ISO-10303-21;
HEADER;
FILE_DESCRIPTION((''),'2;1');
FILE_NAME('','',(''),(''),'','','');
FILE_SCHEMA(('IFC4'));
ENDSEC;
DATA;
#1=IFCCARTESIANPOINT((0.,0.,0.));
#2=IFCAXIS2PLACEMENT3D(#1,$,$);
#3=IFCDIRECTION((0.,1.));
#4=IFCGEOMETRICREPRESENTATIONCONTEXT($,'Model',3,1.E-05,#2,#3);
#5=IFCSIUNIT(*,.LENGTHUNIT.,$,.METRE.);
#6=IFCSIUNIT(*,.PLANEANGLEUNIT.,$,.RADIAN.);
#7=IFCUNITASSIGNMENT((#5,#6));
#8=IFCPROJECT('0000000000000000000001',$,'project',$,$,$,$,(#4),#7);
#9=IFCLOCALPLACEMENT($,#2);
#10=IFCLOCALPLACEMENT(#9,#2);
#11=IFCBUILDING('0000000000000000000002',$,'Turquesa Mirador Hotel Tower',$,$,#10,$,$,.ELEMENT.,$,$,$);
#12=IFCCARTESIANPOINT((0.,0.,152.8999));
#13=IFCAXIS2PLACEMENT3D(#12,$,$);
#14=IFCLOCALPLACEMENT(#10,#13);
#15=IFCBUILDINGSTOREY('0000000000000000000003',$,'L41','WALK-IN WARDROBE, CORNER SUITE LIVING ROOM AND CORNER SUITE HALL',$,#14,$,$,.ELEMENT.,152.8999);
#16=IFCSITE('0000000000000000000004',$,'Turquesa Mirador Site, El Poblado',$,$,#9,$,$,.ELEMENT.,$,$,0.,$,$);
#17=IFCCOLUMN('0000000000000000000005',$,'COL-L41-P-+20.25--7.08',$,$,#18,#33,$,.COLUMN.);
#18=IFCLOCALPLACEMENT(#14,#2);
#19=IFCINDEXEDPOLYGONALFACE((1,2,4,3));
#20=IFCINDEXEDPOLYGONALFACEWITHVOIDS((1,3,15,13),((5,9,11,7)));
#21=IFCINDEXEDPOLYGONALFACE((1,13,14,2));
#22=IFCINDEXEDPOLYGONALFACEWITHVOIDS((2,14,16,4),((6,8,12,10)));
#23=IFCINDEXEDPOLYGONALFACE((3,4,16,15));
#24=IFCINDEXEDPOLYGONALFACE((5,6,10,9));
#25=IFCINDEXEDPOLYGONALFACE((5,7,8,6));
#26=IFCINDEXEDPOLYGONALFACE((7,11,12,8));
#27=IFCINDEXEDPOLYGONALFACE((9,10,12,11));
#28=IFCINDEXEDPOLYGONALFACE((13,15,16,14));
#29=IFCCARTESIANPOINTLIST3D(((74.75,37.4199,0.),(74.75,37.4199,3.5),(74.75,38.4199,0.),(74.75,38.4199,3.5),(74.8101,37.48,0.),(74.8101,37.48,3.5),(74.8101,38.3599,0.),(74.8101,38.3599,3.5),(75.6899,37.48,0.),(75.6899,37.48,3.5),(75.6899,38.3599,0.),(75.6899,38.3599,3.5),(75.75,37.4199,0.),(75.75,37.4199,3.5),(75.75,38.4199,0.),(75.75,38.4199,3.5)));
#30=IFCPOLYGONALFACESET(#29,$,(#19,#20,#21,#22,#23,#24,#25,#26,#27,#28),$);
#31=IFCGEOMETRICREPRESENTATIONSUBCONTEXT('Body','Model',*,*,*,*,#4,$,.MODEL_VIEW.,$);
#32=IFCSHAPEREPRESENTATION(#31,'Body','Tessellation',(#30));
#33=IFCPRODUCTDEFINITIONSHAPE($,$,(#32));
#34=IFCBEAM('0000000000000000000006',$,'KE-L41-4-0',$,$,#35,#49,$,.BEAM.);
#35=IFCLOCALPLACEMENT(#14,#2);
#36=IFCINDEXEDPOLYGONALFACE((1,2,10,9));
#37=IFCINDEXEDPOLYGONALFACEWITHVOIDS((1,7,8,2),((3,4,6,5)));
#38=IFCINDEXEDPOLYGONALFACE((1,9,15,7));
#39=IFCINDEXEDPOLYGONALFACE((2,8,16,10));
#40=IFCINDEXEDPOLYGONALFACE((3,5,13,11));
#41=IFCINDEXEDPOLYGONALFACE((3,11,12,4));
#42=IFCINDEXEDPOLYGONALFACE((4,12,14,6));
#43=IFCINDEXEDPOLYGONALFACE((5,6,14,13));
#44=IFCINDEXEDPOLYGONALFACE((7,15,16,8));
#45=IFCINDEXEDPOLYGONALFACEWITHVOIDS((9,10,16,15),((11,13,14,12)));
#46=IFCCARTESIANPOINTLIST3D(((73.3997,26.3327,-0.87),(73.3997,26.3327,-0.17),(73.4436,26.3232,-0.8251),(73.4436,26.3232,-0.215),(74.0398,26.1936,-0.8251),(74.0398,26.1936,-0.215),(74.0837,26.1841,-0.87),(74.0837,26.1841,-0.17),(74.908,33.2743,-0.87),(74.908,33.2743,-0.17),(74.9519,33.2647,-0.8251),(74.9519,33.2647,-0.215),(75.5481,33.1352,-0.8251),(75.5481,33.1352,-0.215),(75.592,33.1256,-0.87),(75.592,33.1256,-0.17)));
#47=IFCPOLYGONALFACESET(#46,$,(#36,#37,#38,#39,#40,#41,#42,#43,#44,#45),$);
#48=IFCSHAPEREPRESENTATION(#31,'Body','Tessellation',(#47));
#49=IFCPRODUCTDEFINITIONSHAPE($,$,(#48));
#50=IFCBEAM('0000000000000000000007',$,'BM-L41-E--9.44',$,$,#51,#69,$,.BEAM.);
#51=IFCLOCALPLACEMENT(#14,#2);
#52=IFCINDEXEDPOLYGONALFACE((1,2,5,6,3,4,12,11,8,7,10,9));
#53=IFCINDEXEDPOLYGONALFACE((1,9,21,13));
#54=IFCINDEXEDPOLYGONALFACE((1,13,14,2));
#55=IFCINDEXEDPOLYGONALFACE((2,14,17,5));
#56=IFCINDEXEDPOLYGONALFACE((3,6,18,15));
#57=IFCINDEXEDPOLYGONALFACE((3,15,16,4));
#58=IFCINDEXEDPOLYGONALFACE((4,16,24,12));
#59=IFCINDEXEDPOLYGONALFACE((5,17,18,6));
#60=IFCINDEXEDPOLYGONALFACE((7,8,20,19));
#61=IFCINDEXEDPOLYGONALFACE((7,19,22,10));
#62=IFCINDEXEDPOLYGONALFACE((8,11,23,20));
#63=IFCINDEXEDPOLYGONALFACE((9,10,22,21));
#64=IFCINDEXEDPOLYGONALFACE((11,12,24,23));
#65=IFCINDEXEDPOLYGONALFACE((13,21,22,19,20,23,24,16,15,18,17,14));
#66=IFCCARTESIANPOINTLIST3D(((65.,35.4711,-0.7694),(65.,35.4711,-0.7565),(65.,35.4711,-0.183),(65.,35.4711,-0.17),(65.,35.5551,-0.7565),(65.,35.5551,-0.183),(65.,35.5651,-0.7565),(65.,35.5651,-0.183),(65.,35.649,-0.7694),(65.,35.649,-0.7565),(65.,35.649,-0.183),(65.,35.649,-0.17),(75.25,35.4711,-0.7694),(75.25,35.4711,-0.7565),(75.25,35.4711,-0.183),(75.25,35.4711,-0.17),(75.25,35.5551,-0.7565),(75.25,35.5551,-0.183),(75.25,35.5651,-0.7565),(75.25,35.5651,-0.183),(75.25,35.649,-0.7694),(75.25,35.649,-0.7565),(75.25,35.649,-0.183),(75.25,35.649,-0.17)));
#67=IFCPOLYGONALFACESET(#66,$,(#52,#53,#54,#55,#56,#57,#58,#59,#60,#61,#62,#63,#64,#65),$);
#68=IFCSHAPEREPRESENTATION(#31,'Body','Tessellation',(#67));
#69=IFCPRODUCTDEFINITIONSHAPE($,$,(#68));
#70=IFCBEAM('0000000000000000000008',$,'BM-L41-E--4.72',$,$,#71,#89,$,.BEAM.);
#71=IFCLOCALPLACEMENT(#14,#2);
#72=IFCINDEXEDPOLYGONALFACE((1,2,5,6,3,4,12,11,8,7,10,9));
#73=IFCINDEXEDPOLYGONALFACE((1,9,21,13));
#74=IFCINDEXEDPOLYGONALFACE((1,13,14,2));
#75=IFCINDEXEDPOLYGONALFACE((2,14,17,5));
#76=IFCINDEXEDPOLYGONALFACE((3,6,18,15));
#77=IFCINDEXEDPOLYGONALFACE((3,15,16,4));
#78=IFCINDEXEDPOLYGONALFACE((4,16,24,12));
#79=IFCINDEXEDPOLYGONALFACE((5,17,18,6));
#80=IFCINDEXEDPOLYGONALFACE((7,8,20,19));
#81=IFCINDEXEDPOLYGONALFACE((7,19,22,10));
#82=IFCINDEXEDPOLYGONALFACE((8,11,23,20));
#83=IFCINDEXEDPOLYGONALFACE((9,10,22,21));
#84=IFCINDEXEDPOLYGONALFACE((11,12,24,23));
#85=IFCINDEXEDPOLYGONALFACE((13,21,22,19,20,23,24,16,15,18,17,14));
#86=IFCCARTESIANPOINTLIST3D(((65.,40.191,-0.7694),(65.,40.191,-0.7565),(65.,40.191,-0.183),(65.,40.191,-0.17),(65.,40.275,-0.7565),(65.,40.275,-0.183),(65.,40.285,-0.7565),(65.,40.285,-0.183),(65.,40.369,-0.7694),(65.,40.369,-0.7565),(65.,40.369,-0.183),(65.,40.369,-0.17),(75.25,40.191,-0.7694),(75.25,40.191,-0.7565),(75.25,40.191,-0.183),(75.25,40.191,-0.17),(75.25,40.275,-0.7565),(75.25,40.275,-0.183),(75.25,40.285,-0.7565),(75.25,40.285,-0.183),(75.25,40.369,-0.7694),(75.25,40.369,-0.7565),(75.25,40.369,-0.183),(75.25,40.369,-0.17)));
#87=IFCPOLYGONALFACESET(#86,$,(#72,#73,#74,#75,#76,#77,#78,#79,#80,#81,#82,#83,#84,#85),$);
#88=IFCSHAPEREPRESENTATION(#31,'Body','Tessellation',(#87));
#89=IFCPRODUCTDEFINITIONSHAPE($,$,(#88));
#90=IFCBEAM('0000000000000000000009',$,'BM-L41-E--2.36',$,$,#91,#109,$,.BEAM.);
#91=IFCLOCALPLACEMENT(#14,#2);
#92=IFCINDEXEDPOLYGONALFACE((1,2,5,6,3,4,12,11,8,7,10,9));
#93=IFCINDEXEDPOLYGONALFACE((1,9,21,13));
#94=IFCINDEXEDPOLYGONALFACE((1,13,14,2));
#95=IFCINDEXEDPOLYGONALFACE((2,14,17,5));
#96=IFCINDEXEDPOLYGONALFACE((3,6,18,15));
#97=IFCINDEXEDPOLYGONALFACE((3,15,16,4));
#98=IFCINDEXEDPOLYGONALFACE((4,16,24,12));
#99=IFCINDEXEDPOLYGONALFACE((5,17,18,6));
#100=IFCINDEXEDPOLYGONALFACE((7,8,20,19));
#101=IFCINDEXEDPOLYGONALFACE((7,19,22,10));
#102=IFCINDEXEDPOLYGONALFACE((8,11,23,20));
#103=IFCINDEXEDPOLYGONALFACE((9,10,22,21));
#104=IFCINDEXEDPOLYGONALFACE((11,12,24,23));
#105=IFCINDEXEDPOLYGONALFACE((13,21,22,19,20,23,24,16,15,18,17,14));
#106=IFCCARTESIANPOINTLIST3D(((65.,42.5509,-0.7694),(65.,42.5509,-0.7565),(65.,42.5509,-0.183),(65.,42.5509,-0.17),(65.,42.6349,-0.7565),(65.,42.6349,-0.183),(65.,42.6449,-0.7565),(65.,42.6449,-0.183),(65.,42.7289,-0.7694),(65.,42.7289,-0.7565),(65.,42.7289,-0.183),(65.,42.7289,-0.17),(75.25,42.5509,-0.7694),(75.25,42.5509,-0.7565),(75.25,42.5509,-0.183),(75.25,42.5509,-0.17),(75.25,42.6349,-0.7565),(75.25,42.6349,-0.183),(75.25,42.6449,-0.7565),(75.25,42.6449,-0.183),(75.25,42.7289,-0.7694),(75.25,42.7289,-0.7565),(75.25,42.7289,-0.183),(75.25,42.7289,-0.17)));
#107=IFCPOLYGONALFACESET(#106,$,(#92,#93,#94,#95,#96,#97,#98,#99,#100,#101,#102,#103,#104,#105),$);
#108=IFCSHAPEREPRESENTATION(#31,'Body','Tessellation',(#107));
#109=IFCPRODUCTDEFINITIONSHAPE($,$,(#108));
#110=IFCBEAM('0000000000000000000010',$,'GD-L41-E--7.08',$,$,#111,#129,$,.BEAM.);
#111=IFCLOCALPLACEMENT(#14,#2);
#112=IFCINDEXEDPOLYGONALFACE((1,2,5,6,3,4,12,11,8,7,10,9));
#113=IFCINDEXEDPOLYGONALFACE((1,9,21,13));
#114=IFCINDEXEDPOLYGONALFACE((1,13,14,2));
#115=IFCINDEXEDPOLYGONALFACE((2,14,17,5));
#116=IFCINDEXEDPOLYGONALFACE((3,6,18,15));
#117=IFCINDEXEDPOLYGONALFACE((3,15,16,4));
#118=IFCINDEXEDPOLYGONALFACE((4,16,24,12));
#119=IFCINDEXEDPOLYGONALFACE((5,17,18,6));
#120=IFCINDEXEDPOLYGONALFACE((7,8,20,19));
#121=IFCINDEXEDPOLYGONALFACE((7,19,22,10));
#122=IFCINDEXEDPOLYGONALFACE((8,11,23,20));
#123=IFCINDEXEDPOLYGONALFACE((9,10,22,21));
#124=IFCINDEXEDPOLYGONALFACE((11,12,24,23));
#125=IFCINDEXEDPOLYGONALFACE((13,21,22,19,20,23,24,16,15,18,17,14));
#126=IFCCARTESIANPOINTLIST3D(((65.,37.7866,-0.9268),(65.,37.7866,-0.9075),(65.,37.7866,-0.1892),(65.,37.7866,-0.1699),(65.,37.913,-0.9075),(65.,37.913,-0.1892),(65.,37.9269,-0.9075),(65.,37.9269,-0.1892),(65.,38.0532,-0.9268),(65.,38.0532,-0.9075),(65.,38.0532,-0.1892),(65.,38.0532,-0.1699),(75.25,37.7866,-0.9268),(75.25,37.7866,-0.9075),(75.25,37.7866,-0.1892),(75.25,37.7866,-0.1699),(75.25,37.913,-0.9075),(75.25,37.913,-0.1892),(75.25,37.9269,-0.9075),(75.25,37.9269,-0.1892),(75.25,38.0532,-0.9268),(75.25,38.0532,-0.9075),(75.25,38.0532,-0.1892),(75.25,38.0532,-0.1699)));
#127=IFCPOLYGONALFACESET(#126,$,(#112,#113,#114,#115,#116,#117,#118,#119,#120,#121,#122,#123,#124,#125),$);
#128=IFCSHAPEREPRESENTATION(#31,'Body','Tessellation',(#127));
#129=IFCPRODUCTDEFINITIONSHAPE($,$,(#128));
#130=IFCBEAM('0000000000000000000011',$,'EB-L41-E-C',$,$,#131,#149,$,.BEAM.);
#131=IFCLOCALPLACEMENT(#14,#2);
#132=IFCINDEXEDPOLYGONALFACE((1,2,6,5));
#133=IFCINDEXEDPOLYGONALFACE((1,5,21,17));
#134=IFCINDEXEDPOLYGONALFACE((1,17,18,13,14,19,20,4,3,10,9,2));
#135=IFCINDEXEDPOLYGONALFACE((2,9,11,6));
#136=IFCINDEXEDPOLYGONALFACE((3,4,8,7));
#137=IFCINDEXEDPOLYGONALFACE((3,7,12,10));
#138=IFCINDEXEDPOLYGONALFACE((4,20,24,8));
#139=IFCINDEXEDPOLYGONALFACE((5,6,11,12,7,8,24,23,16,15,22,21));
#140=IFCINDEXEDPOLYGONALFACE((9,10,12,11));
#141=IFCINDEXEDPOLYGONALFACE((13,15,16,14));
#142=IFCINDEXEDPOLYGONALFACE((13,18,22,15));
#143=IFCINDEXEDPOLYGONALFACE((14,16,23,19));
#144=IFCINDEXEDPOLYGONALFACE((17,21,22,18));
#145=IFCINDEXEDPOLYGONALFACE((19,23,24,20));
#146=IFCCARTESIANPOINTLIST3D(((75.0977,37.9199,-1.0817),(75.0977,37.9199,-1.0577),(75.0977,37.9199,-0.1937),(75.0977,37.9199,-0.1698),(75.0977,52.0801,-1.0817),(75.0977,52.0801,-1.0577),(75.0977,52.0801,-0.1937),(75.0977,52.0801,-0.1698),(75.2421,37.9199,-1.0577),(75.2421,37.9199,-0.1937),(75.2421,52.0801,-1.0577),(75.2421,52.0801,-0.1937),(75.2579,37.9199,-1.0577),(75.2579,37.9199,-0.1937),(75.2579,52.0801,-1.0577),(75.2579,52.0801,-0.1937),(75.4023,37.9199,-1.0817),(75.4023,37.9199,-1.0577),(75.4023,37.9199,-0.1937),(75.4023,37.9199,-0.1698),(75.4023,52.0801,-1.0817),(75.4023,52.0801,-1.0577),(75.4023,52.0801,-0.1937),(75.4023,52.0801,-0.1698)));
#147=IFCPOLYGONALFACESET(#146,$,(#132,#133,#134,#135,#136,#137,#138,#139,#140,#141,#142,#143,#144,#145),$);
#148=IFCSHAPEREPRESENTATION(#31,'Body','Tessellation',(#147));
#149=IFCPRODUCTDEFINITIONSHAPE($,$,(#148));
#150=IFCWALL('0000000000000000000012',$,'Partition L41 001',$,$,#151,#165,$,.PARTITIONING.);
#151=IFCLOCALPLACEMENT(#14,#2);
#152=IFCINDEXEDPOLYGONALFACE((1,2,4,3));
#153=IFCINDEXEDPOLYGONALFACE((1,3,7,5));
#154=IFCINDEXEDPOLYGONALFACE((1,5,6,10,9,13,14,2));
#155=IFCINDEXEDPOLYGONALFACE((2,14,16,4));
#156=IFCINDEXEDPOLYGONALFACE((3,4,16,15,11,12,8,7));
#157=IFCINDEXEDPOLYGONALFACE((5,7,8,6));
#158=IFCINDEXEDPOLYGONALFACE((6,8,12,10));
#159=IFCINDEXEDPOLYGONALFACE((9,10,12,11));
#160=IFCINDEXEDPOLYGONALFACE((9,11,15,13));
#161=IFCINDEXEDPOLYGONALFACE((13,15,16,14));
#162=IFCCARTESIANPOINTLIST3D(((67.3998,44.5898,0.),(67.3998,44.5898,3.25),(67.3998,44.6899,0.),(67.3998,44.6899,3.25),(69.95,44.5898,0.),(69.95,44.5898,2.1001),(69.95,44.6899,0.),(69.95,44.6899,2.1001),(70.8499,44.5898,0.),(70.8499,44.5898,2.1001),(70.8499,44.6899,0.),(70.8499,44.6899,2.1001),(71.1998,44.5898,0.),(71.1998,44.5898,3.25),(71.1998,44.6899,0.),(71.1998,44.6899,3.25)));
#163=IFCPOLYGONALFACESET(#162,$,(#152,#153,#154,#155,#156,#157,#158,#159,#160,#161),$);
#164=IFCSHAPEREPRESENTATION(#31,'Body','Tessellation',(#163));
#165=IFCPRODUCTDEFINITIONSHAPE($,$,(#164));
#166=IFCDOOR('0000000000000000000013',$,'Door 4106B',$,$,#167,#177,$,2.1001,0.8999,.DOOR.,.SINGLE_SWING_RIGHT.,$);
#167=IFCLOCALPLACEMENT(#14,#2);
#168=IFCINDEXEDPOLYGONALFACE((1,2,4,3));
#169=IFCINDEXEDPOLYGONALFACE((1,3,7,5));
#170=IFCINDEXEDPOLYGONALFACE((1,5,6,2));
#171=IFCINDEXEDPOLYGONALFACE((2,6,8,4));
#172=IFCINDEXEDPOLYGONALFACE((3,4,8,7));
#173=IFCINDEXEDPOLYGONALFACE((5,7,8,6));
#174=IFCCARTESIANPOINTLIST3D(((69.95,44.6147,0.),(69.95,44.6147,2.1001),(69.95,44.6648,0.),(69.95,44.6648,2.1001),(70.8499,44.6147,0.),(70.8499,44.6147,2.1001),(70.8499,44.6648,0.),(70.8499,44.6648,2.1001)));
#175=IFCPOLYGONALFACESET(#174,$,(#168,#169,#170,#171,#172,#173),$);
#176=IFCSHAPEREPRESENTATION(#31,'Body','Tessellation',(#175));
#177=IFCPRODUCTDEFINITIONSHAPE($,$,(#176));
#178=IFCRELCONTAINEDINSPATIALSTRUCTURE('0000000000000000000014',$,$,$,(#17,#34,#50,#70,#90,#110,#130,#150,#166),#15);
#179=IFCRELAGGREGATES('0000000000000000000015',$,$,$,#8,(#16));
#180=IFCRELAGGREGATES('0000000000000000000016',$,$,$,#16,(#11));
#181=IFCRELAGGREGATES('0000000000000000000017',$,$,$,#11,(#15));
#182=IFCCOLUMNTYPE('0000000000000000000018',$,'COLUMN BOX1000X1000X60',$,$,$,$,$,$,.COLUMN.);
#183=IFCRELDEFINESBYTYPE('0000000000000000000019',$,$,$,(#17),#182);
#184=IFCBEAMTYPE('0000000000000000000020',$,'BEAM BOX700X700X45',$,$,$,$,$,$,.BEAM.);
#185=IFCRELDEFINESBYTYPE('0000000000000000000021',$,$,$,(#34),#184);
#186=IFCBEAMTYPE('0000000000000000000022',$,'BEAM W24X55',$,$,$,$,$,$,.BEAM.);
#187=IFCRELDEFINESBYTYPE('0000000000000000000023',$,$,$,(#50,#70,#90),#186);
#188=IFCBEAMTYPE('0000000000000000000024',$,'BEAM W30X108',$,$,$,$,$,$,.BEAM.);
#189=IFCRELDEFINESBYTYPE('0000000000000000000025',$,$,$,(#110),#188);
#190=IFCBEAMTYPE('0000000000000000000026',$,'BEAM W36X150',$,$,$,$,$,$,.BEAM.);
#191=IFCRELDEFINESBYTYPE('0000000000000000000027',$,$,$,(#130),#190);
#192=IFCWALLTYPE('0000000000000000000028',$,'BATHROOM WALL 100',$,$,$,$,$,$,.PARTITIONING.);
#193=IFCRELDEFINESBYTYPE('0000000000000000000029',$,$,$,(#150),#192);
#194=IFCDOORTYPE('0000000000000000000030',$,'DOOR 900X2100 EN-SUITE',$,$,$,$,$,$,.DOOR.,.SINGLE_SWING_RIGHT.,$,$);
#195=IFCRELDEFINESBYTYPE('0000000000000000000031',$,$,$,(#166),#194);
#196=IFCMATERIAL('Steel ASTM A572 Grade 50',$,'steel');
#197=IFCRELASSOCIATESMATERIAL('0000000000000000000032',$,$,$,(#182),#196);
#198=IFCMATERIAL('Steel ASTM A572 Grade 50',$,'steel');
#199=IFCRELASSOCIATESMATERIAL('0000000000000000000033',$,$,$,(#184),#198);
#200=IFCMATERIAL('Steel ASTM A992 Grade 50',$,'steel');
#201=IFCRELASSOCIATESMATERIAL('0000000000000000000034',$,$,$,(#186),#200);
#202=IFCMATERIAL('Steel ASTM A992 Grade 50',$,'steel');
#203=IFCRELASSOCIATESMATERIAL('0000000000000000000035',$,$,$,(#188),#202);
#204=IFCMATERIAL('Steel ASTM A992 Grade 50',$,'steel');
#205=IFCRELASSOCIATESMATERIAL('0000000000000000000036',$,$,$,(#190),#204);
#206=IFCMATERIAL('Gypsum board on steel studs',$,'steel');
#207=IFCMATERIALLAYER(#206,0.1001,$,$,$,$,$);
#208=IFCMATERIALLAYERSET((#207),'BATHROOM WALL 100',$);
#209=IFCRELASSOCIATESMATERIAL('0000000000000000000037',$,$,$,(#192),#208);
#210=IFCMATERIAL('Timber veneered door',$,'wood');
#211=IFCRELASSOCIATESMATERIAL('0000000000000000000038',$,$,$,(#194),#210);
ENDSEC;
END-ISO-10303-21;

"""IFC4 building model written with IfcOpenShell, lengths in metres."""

from ifc_helpers import new_model, si_unit, direction, frame, frame_2d, origin, origin_2d, place, context, subcontext, project, spatial, rectangle, hollow_rectangle, i_section, extrude, material, layer, layer_set, material_profile, profile_set, type_object, element, fill, save


model = new_model("IFC4")

# Units and contexts
model_context = context("Model", 3, precision=1e-05, world=origin(), true_north=direction((0.0, 1.0)))
body_context = subcontext(model_context, "Body", "Model", "MODEL_VIEW")
ifc_project = project(units=[si_unit("LENGTHUNIT", "METRE"), si_unit("PLANEANGLEUNIT", "RADIAN")], contexts=[model_context])

# Site, building, storey
site_placement = place(None, origin())
site = spatial("IfcSite", under=ifc_project, at=site_placement, Name="Turquesa Mirador Site, El Poblado", CompositionType="ELEMENT", RefElevation=0.0)
building_placement = place(site_placement, origin())
building = spatial("IfcBuilding", under=site, at=building_placement, Name="Turquesa Mirador Hotel Tower", CompositionType="ELEMENT")
storey_placement = place(building_placement, frame((0.0, 0.0, 152.8999)))
storey = spatial("IfcBuildingStorey", under=building, at=storey_placement, Name="L41", Description="WALK-IN WARDROBE, CORNER SUITE LIVING ROOM AND CORNER SUITE HALL", CompositionType="ELEMENT", Elevation=152.8999)

# Column
ifc_material_1 = material(Name="Steel ASTM A572 Grade 50", Category="steel")
ifc_material_profile_1 = material_profile(ifc_material_1, hollow_rectangle(XDim=1.0, YDim=1.0, WallThickness=0.0601, at=origin_2d()), Name="BOX1000X1000X60")
ifc_profile_set_1 = profile_set([ifc_material_profile_1], Name="Steel ASTM A572 Grade 50")
column_type = type_object("IfcColumnType", Name="COLUMN BOX1000X1000X60", PredefinedType="COLUMN", material=ifc_profile_set_1)
column_placement = place(storey_placement, frame((75.25, 37.9199, 0.0), z_axis=(0.0, 0.0, 1.0), x_axis=(1.0, 0.0, 0.0)))
element("IfcColumn", 1, at=column_placement, inside=storey, type_object=column_type, Name="COL-L41-P-+20.25--7.08", PredefinedType="COLUMN", context=body_context, shape_type="SweptSolid", body=[
    extrude(hollow_rectangle(XDim=1.0, YDim=1.0, WallThickness=0.0601, at=origin_2d()), origin(), (0.0, 0.0, 1.0), 3.5),
])

# Beams
ifc_material_2 = material(Name="Steel ASTM A572 Grade 50", Category="steel")
ifc_material_profile_2 = material_profile(ifc_material_2, hollow_rectangle(XDim=0.7, YDim=0.7, WallThickness=0.0449, at=origin_2d()), Name="BOX700X700X45")
ifc_profile_set_2 = profile_set([ifc_material_profile_2], Name="Steel ASTM A572 Grade 50")
beam_type_1 = type_object("IfcBeamType", Name="BEAM BOX700X700X45", PredefinedType="BEAM", material=ifc_profile_set_2)
beam_1_placement = place(storey_placement, frame((75.25, 33.2, -0.52), z_axis=(-0.212328, -0.977198, 0.0), x_axis=(0.977198, -0.212328, 0.0)))
element("IfcBeam", 2, at=beam_1_placement, inside=storey, type_object=beam_type_1, Name="KE-L41-4-0", PredefinedType="BEAM", context=body_context, shape_type="SweptSolid", body=[
    extrude(hollow_rectangle(XDim=0.7, YDim=0.7, WallThickness=0.0449, at=origin_2d()), origin(), (0.0, 0.0, 1.0), 7.1035),
])
ifc_material_3 = material(Name="Steel ASTM A992 Grade 50", Category="steel")
ifc_material_profile_3 = material_profile(ifc_material_3, i_section(OverallWidth=0.178, OverallDepth=0.5994, WebThickness=0.01, FlangeThickness=0.0129, at=origin_2d()), Name="W24X55")
ifc_profile_set_3 = profile_set([ifc_material_profile_3], Name="Steel ASTM A992 Grade 50")
beam_type_2 = type_object("IfcBeamType", Name="BEAM W24X55", PredefinedType="BEAM", material=ifc_profile_set_3)
for number, where, z_axis, x_axis, name in (
    (3, (75.25, 35.5601, -0.4697), (-1.0, 0.0, 0.0), (0.0, -1.0, 0.0), "BM-L41-E--9.44"),
    (4, (75.25, 40.28, -0.4697), (-1.0, 0.0, 0.0), (0.0, -1.0, 0.0), "BM-L41-E--4.72"),
    (5, (75.25, 42.6399, -0.4697), (-1.0, 0.0, 0.0), (0.0, -1.0, 0.0), "BM-L41-E--2.36"),
):
    element("IfcBeam", number, at=place(storey_placement, frame(where, z_axis=z_axis, x_axis=x_axis)), inside=storey, type_object=beam_type_2, Name=name, PredefinedType="BEAM", context=body_context, shape_type="SweptSolid", body=[
        extrude(i_section(OverallWidth=0.178, OverallDepth=0.5994, WebThickness=0.01, FlangeThickness=0.0129, at=origin_2d()), origin(), (0.0, 0.0, 1.0), 10.25),
    ])
ifc_material_4 = material(Name="Steel ASTM A992 Grade 50", Category="steel")
ifc_material_profile_4 = material_profile(ifc_material_4, i_section(OverallWidth=0.2666, OverallDepth=0.7568, WebThickness=0.0139, FlangeThickness=0.0193, at=origin_2d()), Name="W30X108")
ifc_profile_set_4 = profile_set([ifc_material_profile_4], Name="Steel ASTM A992 Grade 50")
beam_type_3 = type_object("IfcBeamType", Name="BEAM W30X108", PredefinedType="BEAM", material=ifc_profile_set_4)
beam_2_placement = place(storey_placement, frame((75.25, 37.9199, -0.5483), z_axis=(-1.0, 0.0, 0.0), x_axis=(0.0, -1.0, 0.0)))
element("IfcBeam", 6, at=beam_2_placement, inside=storey, type_object=beam_type_3, Name="GD-L41-E--7.08", PredefinedType="BEAM", context=body_context, shape_type="SweptSolid", body=[
    extrude(i_section(OverallWidth=0.2666, OverallDepth=0.7568, WebThickness=0.0139, FlangeThickness=0.0193, at=origin_2d()), origin(), (0.0, 0.0, 1.0), 10.25),
])
ifc_material_5 = material(Name="Steel ASTM A992 Grade 50", Category="steel")
ifc_material_profile_5 = material_profile(ifc_material_5, i_section(OverallWidth=0.3047, OverallDepth=0.9119, WebThickness=0.0159, FlangeThickness=0.0239, at=origin_2d()), Name="W36X150")
ifc_profile_set_5 = profile_set([ifc_material_profile_5], Name="Steel ASTM A992 Grade 50")
beam_type_4 = type_object("IfcBeamType", Name="BEAM W36X150", PredefinedType="BEAM", material=ifc_profile_set_5)
beam_3_placement = place(storey_placement, frame((75.25, 37.9199, -0.6257), z_axis=(0.0, 1.0, 0.0), x_axis=(-1.0, 0.0, 0.0)))
element("IfcBeam", 7, at=beam_3_placement, inside=storey, type_object=beam_type_4, Name="EB-L41-E-C", PredefinedType="BEAM", context=body_context, shape_type="SweptSolid", body=[
    extrude(i_section(OverallWidth=0.3047, OverallDepth=0.9119, WebThickness=0.0159, FlangeThickness=0.0239, at=origin_2d()), origin(), (0.0, 0.0, 1.0), 14.1602),
])

# Wall, opening, door
ifc_material_6 = material(Name="Gypsum board on steel studs", Category="steel")
ifc_layer_1 = layer(ifc_material_6, 0.1001)
ifc_layer_set_1 = layer_set([ifc_layer_1], Name="BATHROOM WALL 100")
wall_type_1 = type_object("IfcWallType", Name="BATHROOM WALL 100", PredefinedType="PARTITIONING", material=ifc_layer_set_1)
wall_1_placement = place(storey_placement, frame((67.3999, 44.6399, 0.0), z_axis=(0.0, 0.0, 1.0), x_axis=(1.0, 0.0, 0.0)))
wall_1 = element("IfcWall", 8, at=wall_1_placement, inside=storey, type_object=wall_type_1, Name="Partition L41 001", PredefinedType="PARTITIONING", context=body_context, shape_type="SweptSolid", body=[
    extrude(rectangle(XDim=3.8, YDim=0.1001, at=frame_2d((1.8999, 0.0))), origin(), (0.0, 0.0, 1.0), 3.25),
])
opening_1_placement = place(wall_1_placement, frame((2.55, 0.0, 0.0)))
opening_1 = element("IfcOpeningElement", 9, at=opening_1_placement, cuts=wall_1, PredefinedType="OPENING", context=body_context, shape_type="SweptSolid", body=[
    extrude(rectangle(XDim=0.8999, YDim=2.1001, at=frame_2d((0.45, 1.05))), frame((0.0, 0.0601, 0.0), z_axis=(0.0, -1.0, 0.0), x_axis=(1.0, 0.0, 0.0)), (0.0, 0.0, 1.0), 0.1201),
])
ifc_material_7 = material(Name="Timber veneered door", Category="wood")
door_type_1 = type_object("IfcDoorType", Name="DOOR 900X2100 EN-SUITE", OperationType="SINGLE_SWING_RIGHT", PredefinedType="DOOR", material=ifc_material_7)
door_1_placement = place(opening_1_placement, origin())
door_1 = element("IfcDoor", 10, at=door_1_placement, inside=storey, type_object=door_type_1, Name="Door 4106B", OperationType="SINGLE_SWING_RIGHT", OverallHeight=2.1001, OverallWidth=0.8999, PredefinedType="DOOR", context=body_context, shape_type="SweptSolid", body=[
    extrude(rectangle(XDim=0.8999, YDim=2.1001, at=frame_2d((0.45, 1.05))), frame((0.0, 0.0249, 0.0), z_axis=(0.0, -1.0, 0.0), x_axis=(1.0, 0.0, 0.0)), (0.0, 0.0, 1.0), 0.05),
])
fill(opening_1, door_1)

save(model, "model.ifc")
